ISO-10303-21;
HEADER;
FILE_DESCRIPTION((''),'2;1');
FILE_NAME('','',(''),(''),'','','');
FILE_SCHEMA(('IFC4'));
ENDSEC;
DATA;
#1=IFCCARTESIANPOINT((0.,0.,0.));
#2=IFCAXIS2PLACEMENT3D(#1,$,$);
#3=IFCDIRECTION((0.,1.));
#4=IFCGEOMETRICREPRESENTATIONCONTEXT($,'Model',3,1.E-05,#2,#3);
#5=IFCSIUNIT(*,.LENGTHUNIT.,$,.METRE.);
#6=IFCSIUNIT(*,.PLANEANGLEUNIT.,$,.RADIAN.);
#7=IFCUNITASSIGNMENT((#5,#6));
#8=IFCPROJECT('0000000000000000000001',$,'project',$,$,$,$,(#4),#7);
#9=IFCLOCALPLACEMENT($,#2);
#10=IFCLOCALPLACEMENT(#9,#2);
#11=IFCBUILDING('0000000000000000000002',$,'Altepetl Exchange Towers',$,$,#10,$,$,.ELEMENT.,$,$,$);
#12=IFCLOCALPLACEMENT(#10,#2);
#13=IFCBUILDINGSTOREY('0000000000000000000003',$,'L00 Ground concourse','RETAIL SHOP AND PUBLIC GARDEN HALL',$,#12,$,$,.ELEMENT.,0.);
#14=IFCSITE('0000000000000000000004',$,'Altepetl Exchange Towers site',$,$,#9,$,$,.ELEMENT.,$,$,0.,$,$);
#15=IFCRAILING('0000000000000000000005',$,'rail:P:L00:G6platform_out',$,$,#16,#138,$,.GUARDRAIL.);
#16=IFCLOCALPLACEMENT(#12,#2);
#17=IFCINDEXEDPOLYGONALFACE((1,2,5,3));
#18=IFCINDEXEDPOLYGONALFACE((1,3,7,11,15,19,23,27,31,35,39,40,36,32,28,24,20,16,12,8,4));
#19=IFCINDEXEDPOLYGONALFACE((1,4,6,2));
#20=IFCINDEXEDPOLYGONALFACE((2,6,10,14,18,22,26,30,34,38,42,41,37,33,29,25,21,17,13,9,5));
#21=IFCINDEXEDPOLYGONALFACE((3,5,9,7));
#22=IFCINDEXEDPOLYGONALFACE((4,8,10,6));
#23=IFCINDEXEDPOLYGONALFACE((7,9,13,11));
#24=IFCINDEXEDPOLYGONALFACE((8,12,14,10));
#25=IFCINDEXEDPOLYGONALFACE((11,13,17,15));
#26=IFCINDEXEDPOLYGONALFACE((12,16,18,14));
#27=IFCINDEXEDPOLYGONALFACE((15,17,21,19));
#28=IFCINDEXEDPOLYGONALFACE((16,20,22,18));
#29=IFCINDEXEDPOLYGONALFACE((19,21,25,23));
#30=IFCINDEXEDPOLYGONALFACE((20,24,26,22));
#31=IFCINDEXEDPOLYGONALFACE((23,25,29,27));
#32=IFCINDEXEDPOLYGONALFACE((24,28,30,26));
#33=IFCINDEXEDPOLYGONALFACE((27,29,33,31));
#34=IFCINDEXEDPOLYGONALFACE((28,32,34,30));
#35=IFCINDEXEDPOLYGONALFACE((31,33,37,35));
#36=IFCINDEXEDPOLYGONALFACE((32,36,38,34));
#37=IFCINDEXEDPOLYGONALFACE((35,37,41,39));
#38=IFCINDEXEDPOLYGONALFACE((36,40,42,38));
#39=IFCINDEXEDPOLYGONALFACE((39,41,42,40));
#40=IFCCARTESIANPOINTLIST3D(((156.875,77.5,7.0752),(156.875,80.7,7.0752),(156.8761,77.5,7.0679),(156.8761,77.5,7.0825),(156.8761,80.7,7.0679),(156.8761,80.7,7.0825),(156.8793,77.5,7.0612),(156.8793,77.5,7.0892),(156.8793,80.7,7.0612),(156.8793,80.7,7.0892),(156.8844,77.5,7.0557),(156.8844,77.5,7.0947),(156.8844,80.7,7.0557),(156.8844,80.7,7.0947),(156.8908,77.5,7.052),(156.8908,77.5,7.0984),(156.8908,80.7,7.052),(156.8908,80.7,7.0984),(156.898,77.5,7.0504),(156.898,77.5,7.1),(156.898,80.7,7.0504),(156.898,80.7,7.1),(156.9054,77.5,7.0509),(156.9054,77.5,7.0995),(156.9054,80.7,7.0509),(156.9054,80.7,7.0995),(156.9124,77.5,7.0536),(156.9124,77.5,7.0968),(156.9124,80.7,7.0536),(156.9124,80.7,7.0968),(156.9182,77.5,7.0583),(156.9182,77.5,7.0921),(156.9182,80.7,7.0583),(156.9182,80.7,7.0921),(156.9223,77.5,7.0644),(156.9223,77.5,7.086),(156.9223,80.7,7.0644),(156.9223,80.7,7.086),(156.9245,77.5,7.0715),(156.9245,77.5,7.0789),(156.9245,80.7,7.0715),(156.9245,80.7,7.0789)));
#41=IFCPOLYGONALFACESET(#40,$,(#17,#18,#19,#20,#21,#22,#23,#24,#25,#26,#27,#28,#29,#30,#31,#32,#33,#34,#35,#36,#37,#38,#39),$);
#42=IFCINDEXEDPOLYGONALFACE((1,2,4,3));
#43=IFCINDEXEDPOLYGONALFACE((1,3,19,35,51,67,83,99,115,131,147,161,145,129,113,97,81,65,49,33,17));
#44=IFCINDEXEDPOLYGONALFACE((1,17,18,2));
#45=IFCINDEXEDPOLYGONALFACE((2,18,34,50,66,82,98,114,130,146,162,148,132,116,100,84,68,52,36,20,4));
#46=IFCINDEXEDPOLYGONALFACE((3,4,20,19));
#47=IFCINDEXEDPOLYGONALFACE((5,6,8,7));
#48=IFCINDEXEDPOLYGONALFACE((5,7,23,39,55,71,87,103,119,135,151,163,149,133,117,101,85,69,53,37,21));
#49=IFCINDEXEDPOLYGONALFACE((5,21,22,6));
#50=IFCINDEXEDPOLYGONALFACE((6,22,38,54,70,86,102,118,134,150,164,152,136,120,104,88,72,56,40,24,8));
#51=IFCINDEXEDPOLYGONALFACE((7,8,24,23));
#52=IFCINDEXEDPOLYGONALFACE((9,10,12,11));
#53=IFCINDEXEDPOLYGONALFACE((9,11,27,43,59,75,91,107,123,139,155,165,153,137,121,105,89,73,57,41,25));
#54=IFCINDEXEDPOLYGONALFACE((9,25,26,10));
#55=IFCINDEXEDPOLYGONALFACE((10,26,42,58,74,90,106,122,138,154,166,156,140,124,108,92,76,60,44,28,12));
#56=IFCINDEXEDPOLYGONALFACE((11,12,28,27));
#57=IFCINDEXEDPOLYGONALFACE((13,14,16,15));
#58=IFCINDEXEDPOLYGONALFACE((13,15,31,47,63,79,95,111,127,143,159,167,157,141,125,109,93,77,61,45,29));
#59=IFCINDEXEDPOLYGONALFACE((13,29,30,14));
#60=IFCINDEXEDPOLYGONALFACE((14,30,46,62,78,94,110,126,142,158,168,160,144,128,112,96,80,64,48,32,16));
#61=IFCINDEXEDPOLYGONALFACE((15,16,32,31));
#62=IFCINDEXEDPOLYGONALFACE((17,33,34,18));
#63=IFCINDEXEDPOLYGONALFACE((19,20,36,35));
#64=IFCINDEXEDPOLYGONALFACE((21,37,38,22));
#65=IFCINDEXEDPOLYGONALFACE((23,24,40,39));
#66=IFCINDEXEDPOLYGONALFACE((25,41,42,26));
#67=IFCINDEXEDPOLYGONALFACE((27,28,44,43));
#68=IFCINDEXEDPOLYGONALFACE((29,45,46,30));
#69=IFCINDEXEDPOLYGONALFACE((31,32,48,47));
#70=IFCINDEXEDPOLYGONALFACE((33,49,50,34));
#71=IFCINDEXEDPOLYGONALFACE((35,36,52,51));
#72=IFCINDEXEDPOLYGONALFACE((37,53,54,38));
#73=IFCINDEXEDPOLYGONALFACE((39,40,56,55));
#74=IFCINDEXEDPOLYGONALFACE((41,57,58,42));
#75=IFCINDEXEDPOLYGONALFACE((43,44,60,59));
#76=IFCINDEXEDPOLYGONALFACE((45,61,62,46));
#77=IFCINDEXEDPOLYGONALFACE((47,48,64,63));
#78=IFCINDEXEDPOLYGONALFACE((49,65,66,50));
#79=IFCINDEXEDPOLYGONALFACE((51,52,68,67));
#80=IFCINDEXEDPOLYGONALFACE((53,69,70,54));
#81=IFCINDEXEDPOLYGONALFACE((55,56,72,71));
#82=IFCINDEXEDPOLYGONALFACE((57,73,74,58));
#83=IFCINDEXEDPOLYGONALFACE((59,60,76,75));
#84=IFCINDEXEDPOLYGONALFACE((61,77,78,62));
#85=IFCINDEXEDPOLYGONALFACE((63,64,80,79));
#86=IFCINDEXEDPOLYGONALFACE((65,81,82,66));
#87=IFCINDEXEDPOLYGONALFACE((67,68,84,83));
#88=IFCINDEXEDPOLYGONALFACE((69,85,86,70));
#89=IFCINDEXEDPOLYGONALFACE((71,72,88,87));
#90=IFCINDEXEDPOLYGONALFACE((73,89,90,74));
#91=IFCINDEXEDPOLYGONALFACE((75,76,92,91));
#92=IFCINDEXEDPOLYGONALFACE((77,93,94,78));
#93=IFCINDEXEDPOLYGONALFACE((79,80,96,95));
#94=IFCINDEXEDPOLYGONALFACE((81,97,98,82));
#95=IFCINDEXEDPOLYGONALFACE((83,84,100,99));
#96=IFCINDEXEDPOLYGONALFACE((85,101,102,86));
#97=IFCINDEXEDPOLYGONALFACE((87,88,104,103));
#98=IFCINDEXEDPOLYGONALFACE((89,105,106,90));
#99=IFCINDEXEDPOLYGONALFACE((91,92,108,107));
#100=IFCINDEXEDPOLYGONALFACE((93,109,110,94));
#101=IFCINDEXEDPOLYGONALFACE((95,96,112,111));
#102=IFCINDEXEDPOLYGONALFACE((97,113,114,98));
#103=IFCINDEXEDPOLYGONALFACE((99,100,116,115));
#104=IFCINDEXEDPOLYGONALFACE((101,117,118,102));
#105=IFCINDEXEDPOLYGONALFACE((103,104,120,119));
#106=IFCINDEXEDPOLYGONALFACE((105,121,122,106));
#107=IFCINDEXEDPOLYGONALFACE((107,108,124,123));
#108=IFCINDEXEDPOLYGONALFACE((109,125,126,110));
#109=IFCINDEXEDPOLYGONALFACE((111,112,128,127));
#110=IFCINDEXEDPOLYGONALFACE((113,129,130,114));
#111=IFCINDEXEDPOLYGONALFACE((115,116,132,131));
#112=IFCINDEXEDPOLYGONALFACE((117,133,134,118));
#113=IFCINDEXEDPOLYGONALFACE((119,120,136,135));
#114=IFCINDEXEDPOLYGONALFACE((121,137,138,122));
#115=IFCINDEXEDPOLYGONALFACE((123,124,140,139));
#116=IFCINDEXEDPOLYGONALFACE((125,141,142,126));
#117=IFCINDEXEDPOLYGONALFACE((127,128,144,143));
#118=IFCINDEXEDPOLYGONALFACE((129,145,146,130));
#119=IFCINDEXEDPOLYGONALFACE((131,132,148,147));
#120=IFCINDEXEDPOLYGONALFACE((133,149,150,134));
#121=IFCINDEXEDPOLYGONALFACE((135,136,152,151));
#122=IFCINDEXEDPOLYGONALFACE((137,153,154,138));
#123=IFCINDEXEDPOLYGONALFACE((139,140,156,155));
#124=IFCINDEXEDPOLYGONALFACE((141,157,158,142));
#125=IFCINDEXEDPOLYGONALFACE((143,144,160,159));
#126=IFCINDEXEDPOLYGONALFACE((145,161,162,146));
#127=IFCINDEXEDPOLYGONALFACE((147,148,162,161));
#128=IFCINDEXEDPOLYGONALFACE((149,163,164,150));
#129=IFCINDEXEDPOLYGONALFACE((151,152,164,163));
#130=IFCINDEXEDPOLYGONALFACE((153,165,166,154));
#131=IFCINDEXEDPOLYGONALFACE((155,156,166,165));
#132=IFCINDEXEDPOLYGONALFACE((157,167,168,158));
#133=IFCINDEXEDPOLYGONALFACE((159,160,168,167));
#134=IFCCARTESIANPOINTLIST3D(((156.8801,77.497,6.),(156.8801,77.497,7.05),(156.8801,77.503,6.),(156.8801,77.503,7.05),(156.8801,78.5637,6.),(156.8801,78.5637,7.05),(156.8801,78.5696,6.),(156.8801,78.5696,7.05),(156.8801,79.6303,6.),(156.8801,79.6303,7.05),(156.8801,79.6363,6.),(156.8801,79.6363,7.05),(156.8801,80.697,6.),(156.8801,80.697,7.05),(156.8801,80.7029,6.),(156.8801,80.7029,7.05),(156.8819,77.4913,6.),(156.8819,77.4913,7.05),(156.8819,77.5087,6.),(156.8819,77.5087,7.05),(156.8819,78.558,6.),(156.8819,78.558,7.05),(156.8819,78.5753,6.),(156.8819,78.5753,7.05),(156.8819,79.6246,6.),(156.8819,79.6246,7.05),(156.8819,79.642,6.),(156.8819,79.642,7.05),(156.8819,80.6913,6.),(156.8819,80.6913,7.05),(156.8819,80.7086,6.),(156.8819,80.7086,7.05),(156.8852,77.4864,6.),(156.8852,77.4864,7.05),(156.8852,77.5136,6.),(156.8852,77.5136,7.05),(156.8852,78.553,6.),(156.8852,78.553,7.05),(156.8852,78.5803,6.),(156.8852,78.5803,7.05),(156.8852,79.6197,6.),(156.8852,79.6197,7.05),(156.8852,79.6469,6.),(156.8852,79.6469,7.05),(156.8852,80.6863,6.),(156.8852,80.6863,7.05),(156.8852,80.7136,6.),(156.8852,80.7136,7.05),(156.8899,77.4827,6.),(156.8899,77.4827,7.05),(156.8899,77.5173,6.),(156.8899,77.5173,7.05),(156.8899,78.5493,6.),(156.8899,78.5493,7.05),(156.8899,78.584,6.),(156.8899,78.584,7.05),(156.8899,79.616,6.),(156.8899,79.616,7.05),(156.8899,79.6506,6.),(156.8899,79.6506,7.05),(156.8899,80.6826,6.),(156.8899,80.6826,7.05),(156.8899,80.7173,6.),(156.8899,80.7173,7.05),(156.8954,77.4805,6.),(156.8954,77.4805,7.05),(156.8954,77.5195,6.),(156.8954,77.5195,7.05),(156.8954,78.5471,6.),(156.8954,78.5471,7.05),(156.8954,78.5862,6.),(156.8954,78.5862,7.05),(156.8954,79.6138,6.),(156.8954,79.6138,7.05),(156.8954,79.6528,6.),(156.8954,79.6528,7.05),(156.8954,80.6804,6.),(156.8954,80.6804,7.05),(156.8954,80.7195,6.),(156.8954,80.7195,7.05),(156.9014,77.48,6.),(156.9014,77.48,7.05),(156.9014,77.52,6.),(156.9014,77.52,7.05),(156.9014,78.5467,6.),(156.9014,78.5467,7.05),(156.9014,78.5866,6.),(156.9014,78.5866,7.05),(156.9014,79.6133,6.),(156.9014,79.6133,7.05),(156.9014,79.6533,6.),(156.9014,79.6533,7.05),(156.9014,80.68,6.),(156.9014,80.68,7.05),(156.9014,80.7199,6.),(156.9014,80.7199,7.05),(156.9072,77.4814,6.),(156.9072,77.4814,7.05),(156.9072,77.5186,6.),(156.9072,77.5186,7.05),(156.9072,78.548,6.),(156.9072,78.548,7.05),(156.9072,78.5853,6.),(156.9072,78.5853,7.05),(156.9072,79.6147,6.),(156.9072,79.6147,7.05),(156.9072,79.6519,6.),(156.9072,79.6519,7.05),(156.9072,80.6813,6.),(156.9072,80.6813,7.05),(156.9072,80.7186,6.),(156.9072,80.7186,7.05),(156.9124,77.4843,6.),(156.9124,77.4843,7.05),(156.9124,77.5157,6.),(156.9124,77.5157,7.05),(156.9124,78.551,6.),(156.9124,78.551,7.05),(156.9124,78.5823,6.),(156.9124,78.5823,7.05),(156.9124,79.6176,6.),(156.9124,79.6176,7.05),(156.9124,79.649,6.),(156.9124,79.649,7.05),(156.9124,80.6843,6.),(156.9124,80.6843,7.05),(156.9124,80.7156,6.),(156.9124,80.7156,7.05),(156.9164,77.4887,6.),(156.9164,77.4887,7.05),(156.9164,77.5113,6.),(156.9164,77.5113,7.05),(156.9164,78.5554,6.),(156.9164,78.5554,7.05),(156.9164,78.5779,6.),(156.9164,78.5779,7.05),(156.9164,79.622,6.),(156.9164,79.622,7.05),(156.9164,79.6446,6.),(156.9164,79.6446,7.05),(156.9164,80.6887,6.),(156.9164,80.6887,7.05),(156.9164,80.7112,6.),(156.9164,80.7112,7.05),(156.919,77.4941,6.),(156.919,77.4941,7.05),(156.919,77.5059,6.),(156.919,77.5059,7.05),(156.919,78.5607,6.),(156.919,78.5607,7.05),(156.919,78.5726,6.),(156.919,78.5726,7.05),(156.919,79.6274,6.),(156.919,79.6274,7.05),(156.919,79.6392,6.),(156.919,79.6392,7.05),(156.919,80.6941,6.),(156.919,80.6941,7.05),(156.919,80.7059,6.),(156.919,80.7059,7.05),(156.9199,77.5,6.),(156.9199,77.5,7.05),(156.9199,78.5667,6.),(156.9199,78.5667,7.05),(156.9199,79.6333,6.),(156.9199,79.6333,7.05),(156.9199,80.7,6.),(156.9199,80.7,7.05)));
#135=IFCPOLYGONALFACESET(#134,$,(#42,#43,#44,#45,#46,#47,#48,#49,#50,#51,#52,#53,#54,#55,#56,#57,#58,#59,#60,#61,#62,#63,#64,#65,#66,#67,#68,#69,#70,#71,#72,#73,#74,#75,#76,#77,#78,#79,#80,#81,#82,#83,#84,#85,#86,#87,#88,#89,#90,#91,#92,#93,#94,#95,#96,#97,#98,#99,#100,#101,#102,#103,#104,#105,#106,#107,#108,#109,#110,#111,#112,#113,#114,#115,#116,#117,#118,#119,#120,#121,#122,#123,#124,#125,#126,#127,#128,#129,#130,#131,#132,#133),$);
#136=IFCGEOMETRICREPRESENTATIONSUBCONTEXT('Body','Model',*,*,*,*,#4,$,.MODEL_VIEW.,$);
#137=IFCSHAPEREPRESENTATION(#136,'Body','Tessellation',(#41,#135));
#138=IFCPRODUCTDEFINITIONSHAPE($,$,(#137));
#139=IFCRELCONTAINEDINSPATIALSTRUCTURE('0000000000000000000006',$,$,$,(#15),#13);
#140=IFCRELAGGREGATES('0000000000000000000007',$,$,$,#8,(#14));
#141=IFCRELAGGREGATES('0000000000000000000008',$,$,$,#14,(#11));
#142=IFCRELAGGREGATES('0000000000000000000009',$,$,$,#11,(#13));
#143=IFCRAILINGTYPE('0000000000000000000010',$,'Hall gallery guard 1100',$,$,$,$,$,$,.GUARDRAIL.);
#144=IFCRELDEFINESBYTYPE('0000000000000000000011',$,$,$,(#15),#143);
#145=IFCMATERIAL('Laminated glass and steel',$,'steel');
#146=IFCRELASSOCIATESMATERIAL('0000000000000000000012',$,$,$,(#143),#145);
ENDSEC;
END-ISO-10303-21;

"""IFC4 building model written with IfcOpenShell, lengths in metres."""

from ifc_helpers import new_model, si_unit, direction, frame, origin, origin_2d, place, context, subcontext, project, spatial, circle, extrude, source, transform, mapped, material, type_object, element, save


model = new_model("IFC4")

# Units and contexts
model_context = context("Model", 3, precision=1e-05, world=origin(), true_north=direction((0.0, 1.0)))
body_context = subcontext(model_context, "Body", "Model", "MODEL_VIEW")
ifc_project = project(units=[si_unit("LENGTHUNIT", "METRE"), si_unit("PLANEANGLEUNIT", "RADIAN")], contexts=[model_context])

# Site, building, storey
site_placement = place(None, origin())
site = spatial("IfcSite", under=ifc_project, at=site_placement, Name="Altepetl Exchange Towers site", CompositionType="ELEMENT", RefElevation=0.0)
building_placement = place(site_placement, origin())
building = spatial("IfcBuilding", under=site, at=building_placement, Name="Altepetl Exchange Towers", CompositionType="ELEMENT")
storey_placement = place(building_placement, origin())
storey = spatial("IfcBuildingStorey", under=building, at=storey_placement, Name="L00 Ground concourse", Description="RETAIL SHOP AND PUBLIC GARDEN HALL", CompositionType="ELEMENT", Elevation=0.0)

# Railing
ifc_material_1 = material(Name="Laminated glass and steel", Category="steel")
railing_type = type_object("IfcRailingType", Name="Hall gallery guard 1100", PredefinedType="GUARDRAIL", material=ifc_material_1)
shared_shape = source(origin(), body_context, "Body", "SweptSolid", [
    extrude(circle(Radius=0.02, at=origin_2d()), origin(), (0.0, 0.0, 1.0), 1.05),
])
railing_1_placement = place(storey_placement, frame((156.8999, 77.5, 6.0)))
element("IfcRailing", 1, at=railing_1_placement, inside=storey, type_object=railing_type, Name="rail:P:L00:G6platform_out", PredefinedType="GUARDRAIL", context=body_context, shape_type="SweptSolid", body=[
    extrude(circle(Radius=0.0249, at=origin_2d()), frame((0.0, 0.0, 1.0752), z_axis=(0.0, 1.0, 0.0), x_axis=(-1.0, 0.0, 0.0)), (0.0, 0.0, 1.0), 3.2),
    mapped(shared_shape, transform((0.0, 0.0, 0.0))),
    mapped(shared_shape, transform((0.0, 1.0667, 0.0))),
    mapped(shared_shape, transform((0.0, 2.1333, 0.0))),
    mapped(shared_shape, transform((0.0, 3.2, 0.0))),
])

save(model, "model.ifc")
